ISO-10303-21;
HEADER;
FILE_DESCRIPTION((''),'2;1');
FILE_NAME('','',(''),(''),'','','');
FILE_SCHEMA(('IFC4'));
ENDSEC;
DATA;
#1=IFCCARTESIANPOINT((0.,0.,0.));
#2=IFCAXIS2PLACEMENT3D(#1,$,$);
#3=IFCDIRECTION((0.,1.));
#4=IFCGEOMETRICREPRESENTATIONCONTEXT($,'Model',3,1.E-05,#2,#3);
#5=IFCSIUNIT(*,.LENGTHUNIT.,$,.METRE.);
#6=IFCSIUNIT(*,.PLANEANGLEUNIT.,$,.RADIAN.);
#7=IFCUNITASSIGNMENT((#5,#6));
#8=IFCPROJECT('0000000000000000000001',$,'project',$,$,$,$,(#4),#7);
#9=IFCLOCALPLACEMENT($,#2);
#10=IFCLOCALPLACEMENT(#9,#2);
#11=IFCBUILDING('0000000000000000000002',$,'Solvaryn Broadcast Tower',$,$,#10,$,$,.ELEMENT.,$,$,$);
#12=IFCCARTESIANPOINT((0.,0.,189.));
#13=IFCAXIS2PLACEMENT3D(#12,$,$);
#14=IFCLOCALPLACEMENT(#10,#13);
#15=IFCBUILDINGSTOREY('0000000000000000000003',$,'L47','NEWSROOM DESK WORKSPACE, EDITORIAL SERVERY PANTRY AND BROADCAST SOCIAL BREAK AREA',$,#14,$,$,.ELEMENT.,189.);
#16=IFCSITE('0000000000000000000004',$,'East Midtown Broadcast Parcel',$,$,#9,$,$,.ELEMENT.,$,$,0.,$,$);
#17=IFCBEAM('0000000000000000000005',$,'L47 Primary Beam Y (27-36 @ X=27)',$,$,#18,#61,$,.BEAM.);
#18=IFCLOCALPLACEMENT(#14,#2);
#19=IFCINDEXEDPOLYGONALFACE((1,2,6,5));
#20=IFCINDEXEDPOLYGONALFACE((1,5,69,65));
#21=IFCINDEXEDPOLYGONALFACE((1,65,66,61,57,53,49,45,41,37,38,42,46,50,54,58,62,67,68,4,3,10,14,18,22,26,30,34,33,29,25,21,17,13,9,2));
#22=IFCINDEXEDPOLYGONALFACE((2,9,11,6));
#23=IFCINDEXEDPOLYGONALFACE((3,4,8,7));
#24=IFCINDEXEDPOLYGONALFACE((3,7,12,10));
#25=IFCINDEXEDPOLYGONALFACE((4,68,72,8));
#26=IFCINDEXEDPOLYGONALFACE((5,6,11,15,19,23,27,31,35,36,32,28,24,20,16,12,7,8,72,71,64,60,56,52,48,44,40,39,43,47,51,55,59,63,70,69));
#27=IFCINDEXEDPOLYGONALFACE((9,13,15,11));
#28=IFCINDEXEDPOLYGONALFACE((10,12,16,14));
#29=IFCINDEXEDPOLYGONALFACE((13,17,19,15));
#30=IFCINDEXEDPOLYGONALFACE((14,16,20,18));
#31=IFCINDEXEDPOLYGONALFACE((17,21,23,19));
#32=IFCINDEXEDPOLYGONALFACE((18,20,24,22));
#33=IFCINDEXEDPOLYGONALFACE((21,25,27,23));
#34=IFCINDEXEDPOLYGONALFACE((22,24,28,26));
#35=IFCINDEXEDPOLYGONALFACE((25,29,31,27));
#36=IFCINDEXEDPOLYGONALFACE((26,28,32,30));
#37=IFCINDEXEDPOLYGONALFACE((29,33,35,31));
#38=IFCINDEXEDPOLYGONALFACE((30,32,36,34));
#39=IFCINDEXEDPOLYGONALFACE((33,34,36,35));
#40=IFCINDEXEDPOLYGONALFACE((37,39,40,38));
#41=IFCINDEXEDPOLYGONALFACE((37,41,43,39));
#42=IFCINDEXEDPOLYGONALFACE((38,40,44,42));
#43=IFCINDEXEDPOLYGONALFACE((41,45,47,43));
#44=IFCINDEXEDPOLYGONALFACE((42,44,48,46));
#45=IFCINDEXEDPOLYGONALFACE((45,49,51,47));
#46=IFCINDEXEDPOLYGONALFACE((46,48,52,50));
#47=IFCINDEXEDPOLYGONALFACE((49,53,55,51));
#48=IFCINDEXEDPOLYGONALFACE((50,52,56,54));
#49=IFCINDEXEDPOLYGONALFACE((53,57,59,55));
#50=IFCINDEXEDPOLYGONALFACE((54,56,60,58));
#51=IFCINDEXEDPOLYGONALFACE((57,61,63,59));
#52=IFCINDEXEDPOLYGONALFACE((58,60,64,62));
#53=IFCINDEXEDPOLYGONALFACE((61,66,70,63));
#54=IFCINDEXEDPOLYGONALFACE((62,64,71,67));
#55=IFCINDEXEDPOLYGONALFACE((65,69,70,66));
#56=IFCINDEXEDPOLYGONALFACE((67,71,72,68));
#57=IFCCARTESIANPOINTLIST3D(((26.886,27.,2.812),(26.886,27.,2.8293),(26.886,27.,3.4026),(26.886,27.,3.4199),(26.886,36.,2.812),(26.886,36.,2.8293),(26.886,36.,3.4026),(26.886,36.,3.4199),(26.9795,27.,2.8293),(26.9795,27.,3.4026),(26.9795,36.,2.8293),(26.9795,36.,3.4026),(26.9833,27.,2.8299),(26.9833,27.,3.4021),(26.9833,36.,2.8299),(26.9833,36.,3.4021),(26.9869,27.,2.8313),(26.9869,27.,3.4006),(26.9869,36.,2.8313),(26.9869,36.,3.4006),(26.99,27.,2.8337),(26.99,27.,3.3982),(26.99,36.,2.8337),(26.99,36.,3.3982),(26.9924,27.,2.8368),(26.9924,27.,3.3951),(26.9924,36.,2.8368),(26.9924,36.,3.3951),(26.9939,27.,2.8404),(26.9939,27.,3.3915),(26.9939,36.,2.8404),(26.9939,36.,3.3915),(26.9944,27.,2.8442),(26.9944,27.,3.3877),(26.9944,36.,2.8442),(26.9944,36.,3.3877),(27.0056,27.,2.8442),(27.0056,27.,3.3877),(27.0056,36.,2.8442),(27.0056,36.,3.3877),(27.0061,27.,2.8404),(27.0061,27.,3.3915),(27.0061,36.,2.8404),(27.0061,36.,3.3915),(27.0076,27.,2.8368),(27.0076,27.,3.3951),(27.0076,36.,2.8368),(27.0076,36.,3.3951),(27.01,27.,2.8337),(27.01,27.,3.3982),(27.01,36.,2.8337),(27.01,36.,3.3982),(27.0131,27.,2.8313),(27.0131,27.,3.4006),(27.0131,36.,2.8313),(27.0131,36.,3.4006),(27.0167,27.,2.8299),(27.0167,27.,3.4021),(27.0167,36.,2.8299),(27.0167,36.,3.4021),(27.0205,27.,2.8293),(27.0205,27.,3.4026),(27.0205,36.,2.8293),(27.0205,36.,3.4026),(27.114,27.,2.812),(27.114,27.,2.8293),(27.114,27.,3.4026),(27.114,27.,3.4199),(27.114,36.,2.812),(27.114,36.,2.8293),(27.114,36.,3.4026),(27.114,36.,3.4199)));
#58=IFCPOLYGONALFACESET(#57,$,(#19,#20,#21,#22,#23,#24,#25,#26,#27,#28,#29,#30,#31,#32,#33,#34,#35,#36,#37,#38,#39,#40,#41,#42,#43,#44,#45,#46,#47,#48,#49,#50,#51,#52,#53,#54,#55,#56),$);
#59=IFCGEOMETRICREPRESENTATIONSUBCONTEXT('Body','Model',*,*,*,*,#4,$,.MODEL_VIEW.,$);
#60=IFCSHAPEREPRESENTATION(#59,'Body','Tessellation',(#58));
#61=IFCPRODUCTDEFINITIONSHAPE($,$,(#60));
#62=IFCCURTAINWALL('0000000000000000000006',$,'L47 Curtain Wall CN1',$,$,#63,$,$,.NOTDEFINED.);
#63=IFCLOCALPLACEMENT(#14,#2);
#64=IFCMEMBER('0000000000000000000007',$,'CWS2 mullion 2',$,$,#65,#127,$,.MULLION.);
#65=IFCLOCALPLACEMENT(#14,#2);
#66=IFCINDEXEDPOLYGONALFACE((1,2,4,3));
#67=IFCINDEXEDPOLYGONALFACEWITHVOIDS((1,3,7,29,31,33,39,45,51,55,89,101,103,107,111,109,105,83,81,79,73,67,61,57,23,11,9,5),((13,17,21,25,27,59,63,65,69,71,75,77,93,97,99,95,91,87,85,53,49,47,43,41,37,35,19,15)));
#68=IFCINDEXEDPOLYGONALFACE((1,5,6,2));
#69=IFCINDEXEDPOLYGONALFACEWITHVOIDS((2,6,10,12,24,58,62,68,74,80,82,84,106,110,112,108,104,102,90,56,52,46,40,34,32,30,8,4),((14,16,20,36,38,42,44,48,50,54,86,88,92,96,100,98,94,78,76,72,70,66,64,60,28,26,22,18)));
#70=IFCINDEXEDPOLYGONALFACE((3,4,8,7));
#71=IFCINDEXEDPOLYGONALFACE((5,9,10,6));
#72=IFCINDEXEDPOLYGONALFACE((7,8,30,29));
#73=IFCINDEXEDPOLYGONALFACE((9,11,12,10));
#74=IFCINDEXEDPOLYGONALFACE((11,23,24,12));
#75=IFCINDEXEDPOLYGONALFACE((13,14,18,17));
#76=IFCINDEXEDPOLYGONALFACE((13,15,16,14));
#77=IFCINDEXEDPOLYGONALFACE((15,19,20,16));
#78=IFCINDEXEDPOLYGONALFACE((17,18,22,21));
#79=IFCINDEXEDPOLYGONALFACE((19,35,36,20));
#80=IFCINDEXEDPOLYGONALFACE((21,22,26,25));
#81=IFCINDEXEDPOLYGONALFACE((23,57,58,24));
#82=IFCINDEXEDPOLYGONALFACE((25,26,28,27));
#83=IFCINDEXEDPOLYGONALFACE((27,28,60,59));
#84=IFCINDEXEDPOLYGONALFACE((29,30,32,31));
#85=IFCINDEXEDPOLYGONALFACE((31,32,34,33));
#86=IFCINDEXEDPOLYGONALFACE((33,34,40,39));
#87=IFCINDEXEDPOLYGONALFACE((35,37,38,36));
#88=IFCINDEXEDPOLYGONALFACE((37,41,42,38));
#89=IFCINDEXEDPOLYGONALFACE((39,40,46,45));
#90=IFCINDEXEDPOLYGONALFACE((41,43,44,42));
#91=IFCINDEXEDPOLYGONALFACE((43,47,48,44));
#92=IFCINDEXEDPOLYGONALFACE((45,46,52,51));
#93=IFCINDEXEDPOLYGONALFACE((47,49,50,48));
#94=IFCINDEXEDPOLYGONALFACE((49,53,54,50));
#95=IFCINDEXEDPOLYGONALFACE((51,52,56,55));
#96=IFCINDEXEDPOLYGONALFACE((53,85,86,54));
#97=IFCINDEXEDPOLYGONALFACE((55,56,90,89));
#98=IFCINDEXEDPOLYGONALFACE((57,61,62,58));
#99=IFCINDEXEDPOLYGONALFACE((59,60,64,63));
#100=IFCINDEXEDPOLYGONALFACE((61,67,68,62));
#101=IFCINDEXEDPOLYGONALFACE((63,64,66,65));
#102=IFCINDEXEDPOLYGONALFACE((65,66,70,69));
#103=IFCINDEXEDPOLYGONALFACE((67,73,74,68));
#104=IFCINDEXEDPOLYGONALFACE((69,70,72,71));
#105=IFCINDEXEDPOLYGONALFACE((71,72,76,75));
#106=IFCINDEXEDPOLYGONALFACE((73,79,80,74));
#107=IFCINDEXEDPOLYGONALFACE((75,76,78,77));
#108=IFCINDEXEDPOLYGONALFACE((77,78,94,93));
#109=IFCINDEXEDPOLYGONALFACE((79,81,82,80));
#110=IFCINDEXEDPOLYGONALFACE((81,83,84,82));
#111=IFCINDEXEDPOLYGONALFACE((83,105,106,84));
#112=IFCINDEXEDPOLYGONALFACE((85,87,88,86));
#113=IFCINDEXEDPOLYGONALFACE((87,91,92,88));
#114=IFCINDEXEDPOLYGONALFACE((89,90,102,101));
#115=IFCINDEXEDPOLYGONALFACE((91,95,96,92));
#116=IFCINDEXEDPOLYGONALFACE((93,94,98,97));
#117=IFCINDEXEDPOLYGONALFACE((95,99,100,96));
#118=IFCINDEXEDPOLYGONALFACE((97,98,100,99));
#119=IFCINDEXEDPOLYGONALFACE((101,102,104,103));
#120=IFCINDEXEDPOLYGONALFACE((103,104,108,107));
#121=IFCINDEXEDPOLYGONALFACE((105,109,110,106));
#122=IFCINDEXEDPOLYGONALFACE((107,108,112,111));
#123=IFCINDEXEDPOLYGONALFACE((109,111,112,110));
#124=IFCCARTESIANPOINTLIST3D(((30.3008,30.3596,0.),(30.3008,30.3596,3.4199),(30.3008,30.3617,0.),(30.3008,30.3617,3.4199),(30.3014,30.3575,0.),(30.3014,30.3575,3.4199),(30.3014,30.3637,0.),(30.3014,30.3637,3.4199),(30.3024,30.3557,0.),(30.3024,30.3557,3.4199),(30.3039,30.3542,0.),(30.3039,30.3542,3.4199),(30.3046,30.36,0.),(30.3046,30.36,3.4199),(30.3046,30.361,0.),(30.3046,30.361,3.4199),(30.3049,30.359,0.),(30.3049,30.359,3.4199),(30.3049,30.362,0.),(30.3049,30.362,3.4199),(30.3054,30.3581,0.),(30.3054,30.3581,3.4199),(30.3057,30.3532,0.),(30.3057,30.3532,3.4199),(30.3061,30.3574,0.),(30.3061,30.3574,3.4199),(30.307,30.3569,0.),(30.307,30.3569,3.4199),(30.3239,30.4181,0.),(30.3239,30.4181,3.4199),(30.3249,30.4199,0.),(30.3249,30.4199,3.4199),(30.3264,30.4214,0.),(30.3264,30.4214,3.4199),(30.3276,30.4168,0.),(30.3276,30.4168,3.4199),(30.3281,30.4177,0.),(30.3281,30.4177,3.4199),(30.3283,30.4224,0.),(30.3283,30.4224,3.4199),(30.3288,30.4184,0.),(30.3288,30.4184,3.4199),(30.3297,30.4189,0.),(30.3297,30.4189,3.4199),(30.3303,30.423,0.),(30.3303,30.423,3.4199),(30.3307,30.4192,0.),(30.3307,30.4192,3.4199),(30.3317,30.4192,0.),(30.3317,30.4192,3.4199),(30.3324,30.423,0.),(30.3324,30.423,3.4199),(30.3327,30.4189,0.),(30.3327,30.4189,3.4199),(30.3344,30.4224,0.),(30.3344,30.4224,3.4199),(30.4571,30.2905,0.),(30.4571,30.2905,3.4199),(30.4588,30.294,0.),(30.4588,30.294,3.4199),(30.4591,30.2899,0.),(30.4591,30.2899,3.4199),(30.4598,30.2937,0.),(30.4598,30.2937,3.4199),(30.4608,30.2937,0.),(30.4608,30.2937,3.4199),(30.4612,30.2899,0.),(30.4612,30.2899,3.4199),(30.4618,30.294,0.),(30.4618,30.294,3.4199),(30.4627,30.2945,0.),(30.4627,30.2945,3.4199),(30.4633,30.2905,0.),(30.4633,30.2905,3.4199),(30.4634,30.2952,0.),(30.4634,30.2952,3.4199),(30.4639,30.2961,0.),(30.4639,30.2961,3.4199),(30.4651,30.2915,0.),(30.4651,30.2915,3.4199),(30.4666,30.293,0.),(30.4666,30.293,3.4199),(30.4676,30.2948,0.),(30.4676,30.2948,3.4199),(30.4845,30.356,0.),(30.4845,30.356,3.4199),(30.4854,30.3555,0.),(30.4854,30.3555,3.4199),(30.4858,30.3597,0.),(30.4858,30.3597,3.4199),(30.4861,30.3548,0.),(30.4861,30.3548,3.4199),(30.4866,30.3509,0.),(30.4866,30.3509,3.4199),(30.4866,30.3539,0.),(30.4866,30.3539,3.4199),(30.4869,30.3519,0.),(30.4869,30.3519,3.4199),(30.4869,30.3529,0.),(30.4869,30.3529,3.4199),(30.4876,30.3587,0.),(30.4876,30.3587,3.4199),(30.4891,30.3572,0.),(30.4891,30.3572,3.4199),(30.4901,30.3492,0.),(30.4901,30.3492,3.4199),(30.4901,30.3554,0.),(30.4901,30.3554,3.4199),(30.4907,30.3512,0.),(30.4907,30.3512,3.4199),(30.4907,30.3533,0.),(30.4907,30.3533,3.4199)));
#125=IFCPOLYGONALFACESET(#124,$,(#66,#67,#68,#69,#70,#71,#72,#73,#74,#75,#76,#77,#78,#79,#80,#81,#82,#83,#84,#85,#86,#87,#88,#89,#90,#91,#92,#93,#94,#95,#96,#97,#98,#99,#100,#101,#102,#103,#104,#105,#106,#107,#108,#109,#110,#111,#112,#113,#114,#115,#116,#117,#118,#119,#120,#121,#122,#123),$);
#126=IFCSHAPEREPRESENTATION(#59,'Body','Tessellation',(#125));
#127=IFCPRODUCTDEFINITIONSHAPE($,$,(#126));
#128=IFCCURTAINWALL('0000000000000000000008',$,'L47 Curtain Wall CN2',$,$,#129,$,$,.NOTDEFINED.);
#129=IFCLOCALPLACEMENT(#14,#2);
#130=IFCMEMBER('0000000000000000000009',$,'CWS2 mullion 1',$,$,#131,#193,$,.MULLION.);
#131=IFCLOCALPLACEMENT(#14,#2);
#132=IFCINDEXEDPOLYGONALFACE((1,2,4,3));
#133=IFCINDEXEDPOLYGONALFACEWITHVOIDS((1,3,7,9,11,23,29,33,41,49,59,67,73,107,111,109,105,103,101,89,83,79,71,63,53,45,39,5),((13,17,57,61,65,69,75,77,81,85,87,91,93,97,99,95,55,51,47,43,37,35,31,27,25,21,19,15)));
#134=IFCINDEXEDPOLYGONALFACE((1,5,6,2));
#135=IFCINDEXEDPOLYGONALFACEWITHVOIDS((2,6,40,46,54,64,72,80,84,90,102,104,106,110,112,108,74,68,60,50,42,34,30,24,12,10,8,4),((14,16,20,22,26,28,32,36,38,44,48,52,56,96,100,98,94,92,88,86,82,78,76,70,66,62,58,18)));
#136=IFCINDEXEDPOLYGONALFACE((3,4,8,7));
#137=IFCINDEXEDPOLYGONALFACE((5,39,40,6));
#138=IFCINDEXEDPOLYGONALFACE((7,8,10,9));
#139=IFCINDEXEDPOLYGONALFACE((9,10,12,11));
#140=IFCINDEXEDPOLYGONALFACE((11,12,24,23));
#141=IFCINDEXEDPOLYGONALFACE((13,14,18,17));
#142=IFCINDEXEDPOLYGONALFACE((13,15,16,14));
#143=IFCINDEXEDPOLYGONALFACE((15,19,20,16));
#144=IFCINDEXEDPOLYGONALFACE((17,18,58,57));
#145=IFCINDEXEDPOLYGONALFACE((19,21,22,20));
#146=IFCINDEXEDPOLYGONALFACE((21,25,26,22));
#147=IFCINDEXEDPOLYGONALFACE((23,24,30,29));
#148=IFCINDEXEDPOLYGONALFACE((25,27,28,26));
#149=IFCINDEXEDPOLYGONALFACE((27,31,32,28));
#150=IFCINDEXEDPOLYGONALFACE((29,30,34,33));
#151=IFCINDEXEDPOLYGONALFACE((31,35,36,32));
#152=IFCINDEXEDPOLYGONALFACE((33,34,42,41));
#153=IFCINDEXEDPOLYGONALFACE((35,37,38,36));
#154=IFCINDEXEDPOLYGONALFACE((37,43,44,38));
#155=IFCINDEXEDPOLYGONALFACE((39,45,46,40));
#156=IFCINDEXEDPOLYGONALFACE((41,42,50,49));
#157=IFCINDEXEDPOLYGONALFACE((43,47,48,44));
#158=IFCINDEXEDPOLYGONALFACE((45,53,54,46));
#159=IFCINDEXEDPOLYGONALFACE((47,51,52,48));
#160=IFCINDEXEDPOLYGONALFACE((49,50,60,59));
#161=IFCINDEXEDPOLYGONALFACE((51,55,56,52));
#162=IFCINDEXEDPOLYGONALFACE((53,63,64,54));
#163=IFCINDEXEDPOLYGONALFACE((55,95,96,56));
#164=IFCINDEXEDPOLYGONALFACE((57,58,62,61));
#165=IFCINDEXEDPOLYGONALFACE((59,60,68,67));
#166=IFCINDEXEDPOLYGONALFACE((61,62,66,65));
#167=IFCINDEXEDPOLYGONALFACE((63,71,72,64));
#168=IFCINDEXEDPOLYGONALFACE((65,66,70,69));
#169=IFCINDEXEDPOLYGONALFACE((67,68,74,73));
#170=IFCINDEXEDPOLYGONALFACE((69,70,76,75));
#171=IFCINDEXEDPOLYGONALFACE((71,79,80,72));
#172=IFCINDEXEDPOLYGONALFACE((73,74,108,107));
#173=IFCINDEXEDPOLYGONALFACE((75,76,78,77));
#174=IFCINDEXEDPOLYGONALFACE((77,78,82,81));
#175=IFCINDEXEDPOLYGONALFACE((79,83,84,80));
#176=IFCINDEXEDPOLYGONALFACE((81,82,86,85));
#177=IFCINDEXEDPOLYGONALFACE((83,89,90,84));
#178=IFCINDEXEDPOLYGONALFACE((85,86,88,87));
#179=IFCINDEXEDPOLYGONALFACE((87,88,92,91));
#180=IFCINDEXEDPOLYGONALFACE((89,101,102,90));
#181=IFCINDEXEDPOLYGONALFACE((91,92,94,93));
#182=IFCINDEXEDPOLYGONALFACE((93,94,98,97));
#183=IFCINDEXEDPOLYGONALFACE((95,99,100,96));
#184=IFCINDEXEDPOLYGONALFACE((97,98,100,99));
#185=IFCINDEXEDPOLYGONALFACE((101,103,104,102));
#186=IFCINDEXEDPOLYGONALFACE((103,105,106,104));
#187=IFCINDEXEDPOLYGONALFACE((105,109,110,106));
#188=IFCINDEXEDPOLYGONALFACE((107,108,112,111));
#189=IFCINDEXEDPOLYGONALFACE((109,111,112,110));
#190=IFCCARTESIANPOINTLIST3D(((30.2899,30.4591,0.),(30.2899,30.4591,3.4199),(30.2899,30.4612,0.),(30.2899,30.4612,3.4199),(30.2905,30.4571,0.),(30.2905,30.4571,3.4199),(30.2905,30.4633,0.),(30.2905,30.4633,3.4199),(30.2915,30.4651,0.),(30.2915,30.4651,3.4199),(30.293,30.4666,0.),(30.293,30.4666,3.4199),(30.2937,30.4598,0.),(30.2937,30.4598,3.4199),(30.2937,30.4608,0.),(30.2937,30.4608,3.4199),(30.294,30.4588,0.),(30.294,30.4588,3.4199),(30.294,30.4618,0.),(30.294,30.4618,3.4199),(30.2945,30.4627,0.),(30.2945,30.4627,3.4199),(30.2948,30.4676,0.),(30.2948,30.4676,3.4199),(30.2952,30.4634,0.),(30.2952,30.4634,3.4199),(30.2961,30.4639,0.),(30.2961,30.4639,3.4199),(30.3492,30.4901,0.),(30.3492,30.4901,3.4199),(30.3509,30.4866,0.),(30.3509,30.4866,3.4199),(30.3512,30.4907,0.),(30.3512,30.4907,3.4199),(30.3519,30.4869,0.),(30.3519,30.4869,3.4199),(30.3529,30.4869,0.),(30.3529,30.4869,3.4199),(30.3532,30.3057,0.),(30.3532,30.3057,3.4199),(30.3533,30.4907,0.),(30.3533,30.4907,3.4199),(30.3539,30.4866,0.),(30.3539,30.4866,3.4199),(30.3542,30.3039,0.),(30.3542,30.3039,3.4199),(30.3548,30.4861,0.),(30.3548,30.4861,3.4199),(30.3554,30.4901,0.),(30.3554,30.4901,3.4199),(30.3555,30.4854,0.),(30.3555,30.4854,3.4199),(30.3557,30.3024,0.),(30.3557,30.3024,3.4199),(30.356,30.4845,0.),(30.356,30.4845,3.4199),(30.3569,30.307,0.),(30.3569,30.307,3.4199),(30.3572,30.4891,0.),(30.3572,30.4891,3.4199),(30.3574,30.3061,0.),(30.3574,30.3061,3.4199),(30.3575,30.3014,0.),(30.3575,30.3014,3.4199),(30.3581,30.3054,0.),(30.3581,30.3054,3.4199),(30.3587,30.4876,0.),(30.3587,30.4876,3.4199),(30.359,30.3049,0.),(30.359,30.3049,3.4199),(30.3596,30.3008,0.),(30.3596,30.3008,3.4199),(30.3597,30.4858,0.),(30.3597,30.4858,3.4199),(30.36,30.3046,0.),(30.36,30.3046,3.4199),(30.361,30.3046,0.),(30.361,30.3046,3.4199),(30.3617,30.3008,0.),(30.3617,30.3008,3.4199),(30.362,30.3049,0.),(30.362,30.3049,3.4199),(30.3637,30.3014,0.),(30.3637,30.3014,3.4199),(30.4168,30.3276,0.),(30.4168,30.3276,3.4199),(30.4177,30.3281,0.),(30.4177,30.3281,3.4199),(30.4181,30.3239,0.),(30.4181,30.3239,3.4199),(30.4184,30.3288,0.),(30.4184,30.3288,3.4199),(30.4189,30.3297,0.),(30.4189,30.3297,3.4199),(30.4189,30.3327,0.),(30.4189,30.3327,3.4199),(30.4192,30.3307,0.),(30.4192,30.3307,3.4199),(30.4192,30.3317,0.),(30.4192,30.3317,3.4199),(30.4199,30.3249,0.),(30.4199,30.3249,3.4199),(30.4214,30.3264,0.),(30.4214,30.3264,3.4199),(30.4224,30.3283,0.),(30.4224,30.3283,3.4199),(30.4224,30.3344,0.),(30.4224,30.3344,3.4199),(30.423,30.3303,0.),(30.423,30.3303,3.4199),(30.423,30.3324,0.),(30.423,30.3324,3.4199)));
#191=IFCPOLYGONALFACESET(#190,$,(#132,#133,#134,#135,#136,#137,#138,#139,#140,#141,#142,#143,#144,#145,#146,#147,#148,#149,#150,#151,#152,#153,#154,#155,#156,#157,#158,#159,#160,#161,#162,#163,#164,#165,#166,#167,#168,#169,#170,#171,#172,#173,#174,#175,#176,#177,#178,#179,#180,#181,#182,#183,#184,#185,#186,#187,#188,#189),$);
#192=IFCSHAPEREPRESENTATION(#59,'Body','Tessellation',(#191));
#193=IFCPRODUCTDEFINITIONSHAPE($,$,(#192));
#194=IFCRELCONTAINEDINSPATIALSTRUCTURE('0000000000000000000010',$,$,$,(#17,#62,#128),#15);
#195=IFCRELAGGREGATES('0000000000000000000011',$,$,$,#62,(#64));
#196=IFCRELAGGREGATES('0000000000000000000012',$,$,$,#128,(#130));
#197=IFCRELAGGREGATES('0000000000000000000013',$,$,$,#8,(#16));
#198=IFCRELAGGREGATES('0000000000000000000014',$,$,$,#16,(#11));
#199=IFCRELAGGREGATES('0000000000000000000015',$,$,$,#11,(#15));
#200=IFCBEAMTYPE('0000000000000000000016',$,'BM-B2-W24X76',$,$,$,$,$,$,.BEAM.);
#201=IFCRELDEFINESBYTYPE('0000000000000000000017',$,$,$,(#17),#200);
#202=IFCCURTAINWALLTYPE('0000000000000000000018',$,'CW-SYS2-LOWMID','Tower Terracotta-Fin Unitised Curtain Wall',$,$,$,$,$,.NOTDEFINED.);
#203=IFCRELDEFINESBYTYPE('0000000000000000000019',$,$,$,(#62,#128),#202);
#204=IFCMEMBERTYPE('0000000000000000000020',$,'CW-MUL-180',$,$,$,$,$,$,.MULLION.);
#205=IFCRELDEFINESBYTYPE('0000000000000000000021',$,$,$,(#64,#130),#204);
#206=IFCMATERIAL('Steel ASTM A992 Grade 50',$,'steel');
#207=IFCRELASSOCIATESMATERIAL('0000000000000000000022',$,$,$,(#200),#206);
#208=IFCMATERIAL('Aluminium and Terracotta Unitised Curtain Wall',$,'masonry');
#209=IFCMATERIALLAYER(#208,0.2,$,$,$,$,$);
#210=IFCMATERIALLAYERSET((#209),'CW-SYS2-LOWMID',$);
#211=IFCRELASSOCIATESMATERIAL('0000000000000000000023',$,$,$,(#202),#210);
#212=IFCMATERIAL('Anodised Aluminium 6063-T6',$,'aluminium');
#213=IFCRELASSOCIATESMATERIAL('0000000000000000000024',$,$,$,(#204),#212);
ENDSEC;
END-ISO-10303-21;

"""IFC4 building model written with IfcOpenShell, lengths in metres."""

from ifc_helpers import new_model, si_unit, direction, frame, origin, origin_2d, place, context, subcontext, project, spatial, hollow_rectangle, i_section, extrude, material, layer, layer_set, material_profile, profile_set, type_object, element, aggregate, save


model = new_model("IFC4")

# Units and contexts
model_context = context("Model", 3, precision=1e-05, world=origin(), true_north=direction((0.0, 1.0)))
body_context = subcontext(model_context, "Body", "Model", "MODEL_VIEW")
ifc_project = project(units=[si_unit("LENGTHUNIT", "METRE"), si_unit("PLANEANGLEUNIT", "RADIAN")], contexts=[model_context])

# Site, building, storey
site_placement = place(None, origin())
site = spatial("IfcSite", under=ifc_project, at=site_placement, Name="East Midtown Broadcast Parcel", CompositionType="ELEMENT", RefElevation=0.0)
building_placement = place(site_placement, origin())
building = spatial("IfcBuilding", under=site, at=building_placement, Name="Solvaryn Broadcast Tower", CompositionType="ELEMENT")
storey_placement = place(building_placement, frame((0.0, 0.0, 189.0)))
storey = spatial("IfcBuildingStorey", under=building, at=storey_placement, Name="L47", Description="NEWSROOM DESK WORKSPACE, EDITORIAL SERVERY PANTRY AND BROADCAST SOCIAL BREAK AREA", CompositionType="ELEMENT", Elevation=189.0)

# Beam
ifc_material_1 = material(Name="Steel ASTM A992 Grade 50", Category="steel")
ifc_material_profile_1 = material_profile(ifc_material_1, i_section(OverallWidth=0.228, OverallDepth=0.6079, WebThickness=0.0112, FlangeThickness=0.0173, FilletRadius=0.0149, at=origin_2d()))
ifc_profile_set_1 = profile_set([ifc_material_profile_1], Name="Steel ASTM A992 Grade 50")
beam_type_1 = type_object("IfcBeamType", Name="BM-B2-W24X76", PredefinedType="BEAM", material=ifc_profile_set_1)
beam_1_placement = place(storey_placement, frame((27.0, 27.0, 3.116), z_axis=(0.0, 1.0, 0.0), x_axis=(-1.0, 0.0, 0.0)))
element("IfcBeam", 1, at=beam_1_placement, inside=storey, type_object=beam_type_1, Name="L47 Primary Beam Y (27-36 @ X=27)", PredefinedType="BEAM", context=body_context, shape_type="SweptSolid", body=[
    extrude(i_section(OverallWidth=0.228, OverallDepth=0.6079, WebThickness=0.0112, FlangeThickness=0.0173, FilletRadius=0.0149, at=origin_2d()), origin(), (0.0, 0.0, 1.0), 9.0),
])

# Curtain wall, member
ifc_material_2 = material(Name="Aluminium and Terracotta Unitised Curtain Wall", Category="masonry")
ifc_layer_1 = layer(ifc_material_2, 0.2)
ifc_layer_set_1 = layer_set([ifc_layer_1], Name="CW-SYS2-LOWMID")
curtain_wall_type = type_object("IfcCurtainWallType", Name="CW-SYS2-LOWMID", Description="Tower Terracotta-Fin Unitised Curtain Wall", PredefinedType="NOTDEFINED", material=ifc_layer_set_1)
curtain_wall_1_placement = place(storey_placement, origin())
curtain_wall_1 = element("IfcCurtainWall", 2, at=curtain_wall_1_placement, inside=storey, type_object=curtain_wall_type, Name="L47 Curtain Wall CN1", PredefinedType="NOTDEFINED")
ifc_material_3 = material(Name="Anodised Aluminium 6063-T6", Category="aluminium")
ifc_material_profile_2 = material_profile(ifc_material_3, hollow_rectangle(XDim=0.075, YDim=0.1799, WallThickness=0.0039, InnerFilletRadius=0.0039, OuterFilletRadius=0.0081, at=origin_2d()))
ifc_profile_set_2 = profile_set([ifc_material_profile_2], Name="Anodised Aluminium 6063-T6")
member_type_1 = type_object("IfcMemberType", Name="CW-MUL-180", PredefinedType="MULLION", material=ifc_profile_set_2)
member_1_placement = place(storey_placement, frame((30.3958, 30.3564, 0.0), z_axis=(0.0, 0.0, 1.0), x_axis=(-0.382646, -0.923895, 0.0)))
member_1 = element("IfcMember", 3, at=member_1_placement, type_object=member_type_1, Name="CWS2 mullion 2", PredefinedType="MULLION", context=body_context, shape_type="SweptSolid", body=[
    extrude(hollow_rectangle(XDim=0.075, YDim=0.1799, WallThickness=0.0039, InnerFilletRadius=0.0039, OuterFilletRadius=0.0081, at=origin_2d()), origin(), (0.0, 0.0, 1.0), 3.4199),
])
aggregate(curtain_wall_1, [member_1])

# Curtain wall, member
curtain_wall_2_placement = place(storey_placement, origin())
curtain_wall_2 = element("IfcCurtainWall", 4, at=curtain_wall_2_placement, inside=storey, type_object=curtain_wall_type, Name="L47 Curtain Wall CN2", PredefinedType="NOTDEFINED")
member_2_placement = place(storey_placement, frame((30.3564, 30.3958, 0.0), z_axis=(0.0, 0.0, 1.0), x_axis=(-0.923895, -0.382646, 0.0)))
member_2 = element("IfcMember", 5, at=member_2_placement, type_object=member_type_1, Name="CWS2 mullion 1", PredefinedType="MULLION", context=body_context, shape_type="SweptSolid", body=[
    extrude(hollow_rectangle(XDim=0.075, YDim=0.1799, WallThickness=0.0039, InnerFilletRadius=0.0039, OuterFilletRadius=0.0081, at=origin_2d()), origin(), (0.0, 0.0, 1.0), 3.4199),
])
aggregate(curtain_wall_2, [member_2])

save(model, "model.ifc")
